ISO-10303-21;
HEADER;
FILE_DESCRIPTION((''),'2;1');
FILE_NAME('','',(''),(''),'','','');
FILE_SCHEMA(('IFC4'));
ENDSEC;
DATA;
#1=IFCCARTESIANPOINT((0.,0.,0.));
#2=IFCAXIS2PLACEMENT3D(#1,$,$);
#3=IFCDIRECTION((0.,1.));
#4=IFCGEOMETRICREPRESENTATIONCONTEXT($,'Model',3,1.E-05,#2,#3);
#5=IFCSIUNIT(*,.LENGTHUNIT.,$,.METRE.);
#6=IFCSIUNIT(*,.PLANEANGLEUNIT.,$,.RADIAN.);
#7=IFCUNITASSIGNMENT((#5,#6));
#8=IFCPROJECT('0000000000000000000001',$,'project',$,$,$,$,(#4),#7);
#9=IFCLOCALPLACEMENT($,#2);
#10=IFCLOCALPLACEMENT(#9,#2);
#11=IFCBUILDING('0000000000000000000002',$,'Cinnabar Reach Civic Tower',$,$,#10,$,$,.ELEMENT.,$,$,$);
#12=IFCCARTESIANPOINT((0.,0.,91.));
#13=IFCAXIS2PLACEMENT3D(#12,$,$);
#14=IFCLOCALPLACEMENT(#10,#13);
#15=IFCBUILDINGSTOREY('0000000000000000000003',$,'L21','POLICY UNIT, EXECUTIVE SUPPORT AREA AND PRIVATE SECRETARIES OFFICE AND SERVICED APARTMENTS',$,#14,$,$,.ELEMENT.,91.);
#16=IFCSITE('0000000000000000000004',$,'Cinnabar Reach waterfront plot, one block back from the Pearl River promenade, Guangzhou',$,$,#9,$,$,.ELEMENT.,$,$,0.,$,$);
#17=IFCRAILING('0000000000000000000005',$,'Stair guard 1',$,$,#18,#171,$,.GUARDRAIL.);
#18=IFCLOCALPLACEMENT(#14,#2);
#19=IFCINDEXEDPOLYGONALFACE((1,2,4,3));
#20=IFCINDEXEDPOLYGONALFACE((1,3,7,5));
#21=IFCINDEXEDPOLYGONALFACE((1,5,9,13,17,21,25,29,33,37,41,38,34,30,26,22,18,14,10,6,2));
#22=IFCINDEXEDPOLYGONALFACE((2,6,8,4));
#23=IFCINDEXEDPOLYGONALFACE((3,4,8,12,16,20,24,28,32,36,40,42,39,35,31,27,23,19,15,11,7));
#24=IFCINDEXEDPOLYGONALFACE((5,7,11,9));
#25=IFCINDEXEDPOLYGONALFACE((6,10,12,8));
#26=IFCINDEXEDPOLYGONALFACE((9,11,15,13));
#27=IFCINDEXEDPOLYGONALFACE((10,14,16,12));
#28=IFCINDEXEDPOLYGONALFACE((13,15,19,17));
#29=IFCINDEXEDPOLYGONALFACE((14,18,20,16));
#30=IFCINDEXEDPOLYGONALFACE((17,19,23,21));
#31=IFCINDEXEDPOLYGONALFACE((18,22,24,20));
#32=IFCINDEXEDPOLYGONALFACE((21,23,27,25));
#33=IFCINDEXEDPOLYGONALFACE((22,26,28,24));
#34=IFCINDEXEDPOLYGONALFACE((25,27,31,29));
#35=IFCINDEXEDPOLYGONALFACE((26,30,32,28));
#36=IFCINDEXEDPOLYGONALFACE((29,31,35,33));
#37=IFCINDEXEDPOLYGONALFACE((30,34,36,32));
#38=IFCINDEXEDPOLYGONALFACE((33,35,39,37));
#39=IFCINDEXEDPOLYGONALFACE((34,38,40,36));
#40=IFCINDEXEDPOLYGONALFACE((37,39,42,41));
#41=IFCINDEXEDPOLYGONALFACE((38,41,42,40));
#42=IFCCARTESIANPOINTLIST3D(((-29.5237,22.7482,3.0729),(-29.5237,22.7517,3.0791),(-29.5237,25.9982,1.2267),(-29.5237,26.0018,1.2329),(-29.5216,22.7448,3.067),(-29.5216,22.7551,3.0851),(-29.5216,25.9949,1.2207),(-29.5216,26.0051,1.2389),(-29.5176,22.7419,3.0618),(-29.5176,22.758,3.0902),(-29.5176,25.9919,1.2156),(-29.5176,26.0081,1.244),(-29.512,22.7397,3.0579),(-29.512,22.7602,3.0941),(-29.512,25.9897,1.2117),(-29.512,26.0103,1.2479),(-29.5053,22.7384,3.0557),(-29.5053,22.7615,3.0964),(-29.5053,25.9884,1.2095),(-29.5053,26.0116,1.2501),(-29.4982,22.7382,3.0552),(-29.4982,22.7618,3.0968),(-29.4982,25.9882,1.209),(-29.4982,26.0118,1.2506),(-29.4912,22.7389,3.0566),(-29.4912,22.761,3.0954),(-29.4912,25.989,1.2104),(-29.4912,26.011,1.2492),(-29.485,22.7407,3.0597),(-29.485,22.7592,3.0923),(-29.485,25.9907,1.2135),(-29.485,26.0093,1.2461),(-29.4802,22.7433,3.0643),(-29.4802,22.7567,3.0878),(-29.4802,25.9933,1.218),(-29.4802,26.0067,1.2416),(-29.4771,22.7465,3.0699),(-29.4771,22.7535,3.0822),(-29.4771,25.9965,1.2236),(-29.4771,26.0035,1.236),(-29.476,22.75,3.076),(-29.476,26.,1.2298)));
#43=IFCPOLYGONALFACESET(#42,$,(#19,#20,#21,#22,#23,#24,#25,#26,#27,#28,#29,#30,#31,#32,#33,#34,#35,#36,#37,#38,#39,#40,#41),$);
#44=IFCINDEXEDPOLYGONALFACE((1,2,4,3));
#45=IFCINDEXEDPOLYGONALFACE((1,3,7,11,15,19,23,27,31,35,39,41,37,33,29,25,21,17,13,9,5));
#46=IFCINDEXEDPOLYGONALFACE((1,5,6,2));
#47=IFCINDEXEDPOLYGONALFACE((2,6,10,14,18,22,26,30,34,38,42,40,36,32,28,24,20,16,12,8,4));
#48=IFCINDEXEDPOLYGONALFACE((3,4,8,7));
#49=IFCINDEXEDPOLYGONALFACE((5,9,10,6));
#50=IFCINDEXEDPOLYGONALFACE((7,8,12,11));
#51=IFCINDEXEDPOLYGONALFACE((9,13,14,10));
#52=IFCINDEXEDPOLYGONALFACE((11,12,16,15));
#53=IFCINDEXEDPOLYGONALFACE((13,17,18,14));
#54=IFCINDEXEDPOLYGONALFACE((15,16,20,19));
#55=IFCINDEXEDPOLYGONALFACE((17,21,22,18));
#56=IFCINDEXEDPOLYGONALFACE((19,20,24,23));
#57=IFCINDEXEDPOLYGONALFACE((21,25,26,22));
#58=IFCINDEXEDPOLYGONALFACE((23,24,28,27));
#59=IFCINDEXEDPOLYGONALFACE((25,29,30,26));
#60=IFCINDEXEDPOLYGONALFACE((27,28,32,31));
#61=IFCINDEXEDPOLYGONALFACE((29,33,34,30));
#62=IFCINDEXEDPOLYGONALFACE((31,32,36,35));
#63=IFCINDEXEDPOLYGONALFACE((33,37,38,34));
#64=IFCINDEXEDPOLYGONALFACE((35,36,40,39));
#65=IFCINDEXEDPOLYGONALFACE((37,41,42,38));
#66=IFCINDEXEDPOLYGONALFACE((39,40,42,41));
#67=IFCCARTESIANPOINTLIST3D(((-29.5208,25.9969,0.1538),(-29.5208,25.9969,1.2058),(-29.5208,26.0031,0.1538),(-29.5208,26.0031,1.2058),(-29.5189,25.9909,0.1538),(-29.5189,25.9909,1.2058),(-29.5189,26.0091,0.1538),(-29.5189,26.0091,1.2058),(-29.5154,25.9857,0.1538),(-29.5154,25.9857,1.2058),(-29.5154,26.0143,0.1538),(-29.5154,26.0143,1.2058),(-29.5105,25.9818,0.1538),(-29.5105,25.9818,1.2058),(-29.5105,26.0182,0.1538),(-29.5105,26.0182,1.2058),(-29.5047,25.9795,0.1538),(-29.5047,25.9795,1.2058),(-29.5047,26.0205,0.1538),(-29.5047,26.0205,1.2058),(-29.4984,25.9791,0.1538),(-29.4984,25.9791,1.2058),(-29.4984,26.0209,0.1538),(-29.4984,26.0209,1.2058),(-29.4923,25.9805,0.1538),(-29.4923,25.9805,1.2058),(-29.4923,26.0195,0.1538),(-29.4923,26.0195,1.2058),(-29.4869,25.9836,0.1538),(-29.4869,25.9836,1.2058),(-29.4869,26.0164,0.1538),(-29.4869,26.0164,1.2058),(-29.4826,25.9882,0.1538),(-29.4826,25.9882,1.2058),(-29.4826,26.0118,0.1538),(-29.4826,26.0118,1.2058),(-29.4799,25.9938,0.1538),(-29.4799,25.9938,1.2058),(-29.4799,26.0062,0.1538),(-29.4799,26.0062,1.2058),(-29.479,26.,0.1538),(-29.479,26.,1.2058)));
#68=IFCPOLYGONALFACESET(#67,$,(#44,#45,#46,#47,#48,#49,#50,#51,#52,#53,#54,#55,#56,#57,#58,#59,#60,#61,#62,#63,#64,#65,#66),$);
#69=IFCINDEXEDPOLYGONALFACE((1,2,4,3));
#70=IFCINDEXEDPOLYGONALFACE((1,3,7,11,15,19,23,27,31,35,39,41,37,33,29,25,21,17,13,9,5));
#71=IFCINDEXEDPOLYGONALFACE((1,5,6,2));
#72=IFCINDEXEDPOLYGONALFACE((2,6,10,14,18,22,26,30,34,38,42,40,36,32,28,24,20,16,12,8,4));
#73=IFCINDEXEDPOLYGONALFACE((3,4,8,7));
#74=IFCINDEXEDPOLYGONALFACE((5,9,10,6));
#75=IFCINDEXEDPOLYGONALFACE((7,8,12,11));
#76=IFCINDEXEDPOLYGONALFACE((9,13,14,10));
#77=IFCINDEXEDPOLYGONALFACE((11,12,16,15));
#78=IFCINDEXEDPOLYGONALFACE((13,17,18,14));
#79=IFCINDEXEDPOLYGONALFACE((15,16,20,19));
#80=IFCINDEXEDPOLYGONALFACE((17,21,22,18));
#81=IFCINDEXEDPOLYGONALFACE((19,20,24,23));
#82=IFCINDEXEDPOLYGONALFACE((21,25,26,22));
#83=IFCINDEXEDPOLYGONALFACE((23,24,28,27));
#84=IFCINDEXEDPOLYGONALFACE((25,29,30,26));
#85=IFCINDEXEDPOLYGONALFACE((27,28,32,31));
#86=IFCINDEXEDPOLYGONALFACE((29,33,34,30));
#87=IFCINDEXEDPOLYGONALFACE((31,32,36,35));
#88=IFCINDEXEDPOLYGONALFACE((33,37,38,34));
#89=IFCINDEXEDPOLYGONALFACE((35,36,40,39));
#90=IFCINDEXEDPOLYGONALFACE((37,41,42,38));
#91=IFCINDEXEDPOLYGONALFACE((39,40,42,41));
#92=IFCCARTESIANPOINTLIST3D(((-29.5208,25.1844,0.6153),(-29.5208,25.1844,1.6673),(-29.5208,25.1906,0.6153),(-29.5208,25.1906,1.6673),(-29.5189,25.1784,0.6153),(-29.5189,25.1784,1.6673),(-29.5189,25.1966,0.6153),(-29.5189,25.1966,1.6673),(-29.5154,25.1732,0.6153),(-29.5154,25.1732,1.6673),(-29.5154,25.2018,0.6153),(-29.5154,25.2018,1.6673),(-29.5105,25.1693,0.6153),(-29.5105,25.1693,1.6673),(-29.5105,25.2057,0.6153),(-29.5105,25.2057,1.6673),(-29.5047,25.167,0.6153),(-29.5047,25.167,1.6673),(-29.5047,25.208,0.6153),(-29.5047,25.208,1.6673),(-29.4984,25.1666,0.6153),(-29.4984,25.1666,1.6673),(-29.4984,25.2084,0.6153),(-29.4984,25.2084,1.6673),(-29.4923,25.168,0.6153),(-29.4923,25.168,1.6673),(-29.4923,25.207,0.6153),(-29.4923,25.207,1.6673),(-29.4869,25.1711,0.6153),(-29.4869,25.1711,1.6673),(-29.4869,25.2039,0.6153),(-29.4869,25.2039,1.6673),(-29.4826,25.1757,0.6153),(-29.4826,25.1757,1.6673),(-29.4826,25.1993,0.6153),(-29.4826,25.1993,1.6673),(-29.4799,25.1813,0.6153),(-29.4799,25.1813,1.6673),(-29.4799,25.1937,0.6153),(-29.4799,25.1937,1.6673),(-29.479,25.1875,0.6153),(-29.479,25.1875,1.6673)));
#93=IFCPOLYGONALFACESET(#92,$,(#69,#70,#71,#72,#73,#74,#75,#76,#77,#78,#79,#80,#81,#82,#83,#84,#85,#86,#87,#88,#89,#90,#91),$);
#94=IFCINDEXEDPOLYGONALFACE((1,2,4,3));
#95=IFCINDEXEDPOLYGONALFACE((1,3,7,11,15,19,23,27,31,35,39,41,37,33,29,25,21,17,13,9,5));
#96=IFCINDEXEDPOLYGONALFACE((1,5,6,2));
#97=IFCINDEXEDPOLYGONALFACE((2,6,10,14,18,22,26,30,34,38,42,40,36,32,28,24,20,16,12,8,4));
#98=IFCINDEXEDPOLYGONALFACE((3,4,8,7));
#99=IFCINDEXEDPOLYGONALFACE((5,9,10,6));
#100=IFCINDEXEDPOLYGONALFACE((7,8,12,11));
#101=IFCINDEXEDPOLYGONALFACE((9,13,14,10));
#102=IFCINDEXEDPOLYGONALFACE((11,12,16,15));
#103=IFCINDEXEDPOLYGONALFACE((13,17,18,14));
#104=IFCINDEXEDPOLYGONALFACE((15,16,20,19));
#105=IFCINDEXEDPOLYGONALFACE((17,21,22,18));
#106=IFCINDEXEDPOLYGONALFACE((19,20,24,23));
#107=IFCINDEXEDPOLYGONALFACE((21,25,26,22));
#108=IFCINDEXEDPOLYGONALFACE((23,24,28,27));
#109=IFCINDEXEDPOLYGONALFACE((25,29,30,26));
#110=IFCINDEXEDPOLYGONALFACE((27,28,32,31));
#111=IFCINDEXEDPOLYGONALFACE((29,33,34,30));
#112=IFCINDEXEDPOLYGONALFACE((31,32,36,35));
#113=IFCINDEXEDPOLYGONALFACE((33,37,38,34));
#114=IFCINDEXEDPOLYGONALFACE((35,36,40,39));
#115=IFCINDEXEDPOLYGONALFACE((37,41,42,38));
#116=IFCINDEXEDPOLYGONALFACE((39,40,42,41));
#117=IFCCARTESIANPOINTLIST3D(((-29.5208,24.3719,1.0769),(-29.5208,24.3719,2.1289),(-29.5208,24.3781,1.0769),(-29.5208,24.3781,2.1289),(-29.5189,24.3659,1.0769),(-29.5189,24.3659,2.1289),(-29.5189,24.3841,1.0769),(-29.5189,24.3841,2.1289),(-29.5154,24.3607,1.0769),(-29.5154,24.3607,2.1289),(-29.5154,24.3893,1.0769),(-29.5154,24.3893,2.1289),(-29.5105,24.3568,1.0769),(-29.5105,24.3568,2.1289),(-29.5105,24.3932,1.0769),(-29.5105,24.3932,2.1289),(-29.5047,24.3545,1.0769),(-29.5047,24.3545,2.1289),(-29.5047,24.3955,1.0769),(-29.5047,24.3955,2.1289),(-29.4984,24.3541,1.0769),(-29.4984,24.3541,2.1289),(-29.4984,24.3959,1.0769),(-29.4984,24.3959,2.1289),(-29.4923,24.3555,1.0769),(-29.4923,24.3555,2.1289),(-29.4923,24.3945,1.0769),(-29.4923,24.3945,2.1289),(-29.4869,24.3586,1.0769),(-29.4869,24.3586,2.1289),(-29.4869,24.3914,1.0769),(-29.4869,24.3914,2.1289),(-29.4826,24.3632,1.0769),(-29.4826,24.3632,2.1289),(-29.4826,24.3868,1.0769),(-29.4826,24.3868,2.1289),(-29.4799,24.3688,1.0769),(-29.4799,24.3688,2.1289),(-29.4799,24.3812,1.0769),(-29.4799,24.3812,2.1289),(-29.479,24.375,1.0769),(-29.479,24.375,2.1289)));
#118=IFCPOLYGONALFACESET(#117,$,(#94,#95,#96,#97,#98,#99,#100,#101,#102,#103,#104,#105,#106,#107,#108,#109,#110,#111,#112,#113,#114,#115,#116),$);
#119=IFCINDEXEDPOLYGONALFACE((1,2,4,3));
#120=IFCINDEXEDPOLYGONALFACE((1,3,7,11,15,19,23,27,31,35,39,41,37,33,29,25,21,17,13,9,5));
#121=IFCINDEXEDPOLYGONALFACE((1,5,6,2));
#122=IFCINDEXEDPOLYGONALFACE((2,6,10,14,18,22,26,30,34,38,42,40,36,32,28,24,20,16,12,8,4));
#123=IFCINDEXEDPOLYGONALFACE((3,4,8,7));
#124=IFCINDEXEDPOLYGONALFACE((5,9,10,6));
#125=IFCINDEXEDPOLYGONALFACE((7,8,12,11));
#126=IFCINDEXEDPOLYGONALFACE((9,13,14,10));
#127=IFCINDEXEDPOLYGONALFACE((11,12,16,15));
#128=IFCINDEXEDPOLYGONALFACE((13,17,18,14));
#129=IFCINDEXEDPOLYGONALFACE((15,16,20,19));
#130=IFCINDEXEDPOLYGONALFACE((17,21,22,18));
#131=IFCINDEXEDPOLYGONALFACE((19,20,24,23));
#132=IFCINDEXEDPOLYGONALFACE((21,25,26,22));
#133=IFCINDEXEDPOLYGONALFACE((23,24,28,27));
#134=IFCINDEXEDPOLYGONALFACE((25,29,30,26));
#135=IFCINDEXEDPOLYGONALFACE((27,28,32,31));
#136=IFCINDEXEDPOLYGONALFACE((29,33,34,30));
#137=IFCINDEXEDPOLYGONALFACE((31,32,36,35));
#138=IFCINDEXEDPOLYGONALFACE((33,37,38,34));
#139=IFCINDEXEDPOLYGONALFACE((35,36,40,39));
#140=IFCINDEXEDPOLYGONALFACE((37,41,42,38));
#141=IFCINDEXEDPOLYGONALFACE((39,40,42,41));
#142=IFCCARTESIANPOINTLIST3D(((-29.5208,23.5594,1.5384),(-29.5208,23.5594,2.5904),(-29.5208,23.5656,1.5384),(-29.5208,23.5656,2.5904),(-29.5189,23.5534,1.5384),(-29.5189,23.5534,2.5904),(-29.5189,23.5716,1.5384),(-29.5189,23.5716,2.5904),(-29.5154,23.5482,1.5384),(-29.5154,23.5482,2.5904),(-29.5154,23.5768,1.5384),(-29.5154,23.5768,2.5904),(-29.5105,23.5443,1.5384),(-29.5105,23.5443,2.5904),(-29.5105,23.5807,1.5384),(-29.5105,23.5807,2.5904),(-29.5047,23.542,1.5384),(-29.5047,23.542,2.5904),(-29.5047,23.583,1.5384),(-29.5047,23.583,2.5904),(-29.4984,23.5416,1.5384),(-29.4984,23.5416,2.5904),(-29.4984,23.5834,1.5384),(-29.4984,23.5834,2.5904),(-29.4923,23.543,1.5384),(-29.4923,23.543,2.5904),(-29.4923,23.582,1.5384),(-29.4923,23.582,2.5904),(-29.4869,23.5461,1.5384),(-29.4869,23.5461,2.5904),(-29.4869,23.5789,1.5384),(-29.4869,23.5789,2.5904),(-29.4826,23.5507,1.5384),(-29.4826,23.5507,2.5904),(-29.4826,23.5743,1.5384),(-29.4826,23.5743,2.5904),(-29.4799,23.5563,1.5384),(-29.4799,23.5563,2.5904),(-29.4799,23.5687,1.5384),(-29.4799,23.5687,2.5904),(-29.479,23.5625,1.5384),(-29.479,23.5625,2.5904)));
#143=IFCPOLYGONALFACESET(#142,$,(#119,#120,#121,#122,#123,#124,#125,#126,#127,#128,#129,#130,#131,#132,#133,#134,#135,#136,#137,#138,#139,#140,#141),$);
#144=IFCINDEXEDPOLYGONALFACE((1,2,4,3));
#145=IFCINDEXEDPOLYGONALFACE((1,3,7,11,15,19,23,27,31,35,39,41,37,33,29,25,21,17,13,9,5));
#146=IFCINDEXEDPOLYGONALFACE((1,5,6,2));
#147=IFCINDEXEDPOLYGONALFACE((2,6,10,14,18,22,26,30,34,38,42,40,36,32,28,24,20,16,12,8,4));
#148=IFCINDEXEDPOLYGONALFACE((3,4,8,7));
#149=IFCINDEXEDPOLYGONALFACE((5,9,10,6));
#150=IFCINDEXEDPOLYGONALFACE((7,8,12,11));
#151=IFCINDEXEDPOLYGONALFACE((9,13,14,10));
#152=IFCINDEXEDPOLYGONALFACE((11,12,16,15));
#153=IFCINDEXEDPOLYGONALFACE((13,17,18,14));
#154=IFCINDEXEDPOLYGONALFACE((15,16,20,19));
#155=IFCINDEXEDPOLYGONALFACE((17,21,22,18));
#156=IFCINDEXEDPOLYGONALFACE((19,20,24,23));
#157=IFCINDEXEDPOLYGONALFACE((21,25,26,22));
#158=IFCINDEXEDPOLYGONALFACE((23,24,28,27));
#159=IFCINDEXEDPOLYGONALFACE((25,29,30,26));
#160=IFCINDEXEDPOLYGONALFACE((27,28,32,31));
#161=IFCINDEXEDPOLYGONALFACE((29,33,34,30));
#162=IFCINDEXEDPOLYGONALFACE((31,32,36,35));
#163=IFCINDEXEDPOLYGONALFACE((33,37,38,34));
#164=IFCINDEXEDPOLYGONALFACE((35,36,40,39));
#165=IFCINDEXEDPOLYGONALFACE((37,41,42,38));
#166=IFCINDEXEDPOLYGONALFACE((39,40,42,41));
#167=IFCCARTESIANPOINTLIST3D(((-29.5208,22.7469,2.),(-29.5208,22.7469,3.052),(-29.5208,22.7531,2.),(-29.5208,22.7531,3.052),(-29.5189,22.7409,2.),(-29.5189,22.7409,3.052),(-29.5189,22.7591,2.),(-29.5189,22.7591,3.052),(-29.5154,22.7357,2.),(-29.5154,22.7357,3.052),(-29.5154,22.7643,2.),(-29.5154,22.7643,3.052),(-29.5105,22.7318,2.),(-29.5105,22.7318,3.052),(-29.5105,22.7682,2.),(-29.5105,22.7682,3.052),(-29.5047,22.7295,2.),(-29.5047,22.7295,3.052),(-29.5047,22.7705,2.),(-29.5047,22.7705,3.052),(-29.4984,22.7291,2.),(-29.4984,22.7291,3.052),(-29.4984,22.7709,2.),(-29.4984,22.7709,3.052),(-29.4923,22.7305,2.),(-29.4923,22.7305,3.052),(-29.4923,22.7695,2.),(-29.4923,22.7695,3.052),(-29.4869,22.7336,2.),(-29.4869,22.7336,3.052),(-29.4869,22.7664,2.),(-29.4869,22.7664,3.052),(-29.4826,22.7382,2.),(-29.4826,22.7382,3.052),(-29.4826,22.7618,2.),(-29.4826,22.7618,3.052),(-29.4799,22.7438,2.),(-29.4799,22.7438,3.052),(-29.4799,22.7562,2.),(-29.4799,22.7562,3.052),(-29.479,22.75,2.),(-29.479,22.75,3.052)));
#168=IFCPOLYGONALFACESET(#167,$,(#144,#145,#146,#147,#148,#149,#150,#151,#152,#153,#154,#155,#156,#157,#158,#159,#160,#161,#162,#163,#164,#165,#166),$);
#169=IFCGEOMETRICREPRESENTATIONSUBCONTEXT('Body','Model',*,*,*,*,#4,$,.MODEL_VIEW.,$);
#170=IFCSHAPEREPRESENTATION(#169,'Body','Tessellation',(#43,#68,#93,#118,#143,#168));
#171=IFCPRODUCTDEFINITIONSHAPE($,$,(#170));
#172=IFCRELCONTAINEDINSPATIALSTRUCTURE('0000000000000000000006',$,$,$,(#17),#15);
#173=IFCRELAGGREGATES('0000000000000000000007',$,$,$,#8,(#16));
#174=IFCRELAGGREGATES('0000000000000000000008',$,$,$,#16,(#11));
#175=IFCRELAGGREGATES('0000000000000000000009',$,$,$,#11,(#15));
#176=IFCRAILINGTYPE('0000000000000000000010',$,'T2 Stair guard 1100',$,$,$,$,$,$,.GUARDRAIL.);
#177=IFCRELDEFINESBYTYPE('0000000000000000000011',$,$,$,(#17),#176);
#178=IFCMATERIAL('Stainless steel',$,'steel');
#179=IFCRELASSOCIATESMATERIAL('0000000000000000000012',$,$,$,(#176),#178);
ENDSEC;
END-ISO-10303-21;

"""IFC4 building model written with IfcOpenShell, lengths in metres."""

from ifc_helpers import new_model, si_unit, direction, frame, origin, origin_2d, place, context, subcontext, project, spatial, circle, extrude, material, type_object, element, save


model = new_model("IFC4")

# Units and contexts
model_context = context("Model", 3, precision=1e-05, world=origin(), true_north=direction((0.0, 1.0)))
body_context = subcontext(model_context, "Body", "Model", "MODEL_VIEW")
ifc_project = project(units=[si_unit("LENGTHUNIT", "METRE"), si_unit("PLANEANGLEUNIT", "RADIAN")], contexts=[model_context])

# Site, building, storey
site_placement = place(None, origin())
site = spatial("IfcSite", under=ifc_project, at=site_placement, Name="Cinnabar Reach waterfront plot, one block back from the Pearl River promenade, Guangzhou", CompositionType="ELEMENT", RefElevation=0.0)
building_placement = place(site_placement, origin())
building = spatial("IfcBuilding", under=site, at=building_placement, Name="Cinnabar Reach Civic Tower", CompositionType="ELEMENT")
storey_placement = place(building_placement, frame((0.0, 0.0, 91.0)))
storey = spatial("IfcBuildingStorey", under=building, at=storey_placement, Name="L21", Description="POLICY UNIT, EXECUTIVE SUPPORT AREA AND PRIVATE SECRETARIES OFFICE AND SERVICED APARTMENTS", CompositionType="ELEMENT", Elevation=91.0)

# Railing
ifc_material_1 = material(Name="Stainless steel", Category="steel")
railing_type = type_object("IfcRailingType", Name="T2 Stair guard 1100", PredefinedType="GUARDRAIL", material=ifc_material_1)
railing_1_placement = place(storey_placement, frame((-29.5, 26.0, 0.1538)))
element("IfcRailing", 1, at=railing_1_placement, inside=storey, type_object=railing_type, Name="Stair guard 1", PredefinedType="GUARDRAIL", context=body_context, shape_type="SweptSolid", body=[
    extrude(circle(Radius=0.024, at=origin_2d()), frame((0.0, 0.0, 1.076), z_axis=(0.0, -0.869501, 0.49393), x_axis=(1.0, 0.0, 0.0)), (0.0, 0.0, 1.0), 3.7378),
    extrude(circle(Radius=0.021, at=origin_2d()), origin(), (0.0, 0.0, 1.0), 1.052),
    extrude(circle(Radius=0.021, at=origin_2d()), frame((0.0, -0.8125, 0.4615)), (0.0, 0.0, 1.0), 1.052),
    extrude(circle(Radius=0.021, at=origin_2d()), frame((0.0, -1.625, 0.9231)), (0.0, 0.0, 1.0), 1.052),
    extrude(circle(Radius=0.021, at=origin_2d()), frame((0.0, -2.4375, 1.3846)), (0.0, 0.0, 1.0), 1.052),
    extrude(circle(Radius=0.021, at=origin_2d()), frame((0.0, -3.25, 1.8462)), (0.0, 0.0, 1.0), 1.052),
])

save(model, "model.ifc")
